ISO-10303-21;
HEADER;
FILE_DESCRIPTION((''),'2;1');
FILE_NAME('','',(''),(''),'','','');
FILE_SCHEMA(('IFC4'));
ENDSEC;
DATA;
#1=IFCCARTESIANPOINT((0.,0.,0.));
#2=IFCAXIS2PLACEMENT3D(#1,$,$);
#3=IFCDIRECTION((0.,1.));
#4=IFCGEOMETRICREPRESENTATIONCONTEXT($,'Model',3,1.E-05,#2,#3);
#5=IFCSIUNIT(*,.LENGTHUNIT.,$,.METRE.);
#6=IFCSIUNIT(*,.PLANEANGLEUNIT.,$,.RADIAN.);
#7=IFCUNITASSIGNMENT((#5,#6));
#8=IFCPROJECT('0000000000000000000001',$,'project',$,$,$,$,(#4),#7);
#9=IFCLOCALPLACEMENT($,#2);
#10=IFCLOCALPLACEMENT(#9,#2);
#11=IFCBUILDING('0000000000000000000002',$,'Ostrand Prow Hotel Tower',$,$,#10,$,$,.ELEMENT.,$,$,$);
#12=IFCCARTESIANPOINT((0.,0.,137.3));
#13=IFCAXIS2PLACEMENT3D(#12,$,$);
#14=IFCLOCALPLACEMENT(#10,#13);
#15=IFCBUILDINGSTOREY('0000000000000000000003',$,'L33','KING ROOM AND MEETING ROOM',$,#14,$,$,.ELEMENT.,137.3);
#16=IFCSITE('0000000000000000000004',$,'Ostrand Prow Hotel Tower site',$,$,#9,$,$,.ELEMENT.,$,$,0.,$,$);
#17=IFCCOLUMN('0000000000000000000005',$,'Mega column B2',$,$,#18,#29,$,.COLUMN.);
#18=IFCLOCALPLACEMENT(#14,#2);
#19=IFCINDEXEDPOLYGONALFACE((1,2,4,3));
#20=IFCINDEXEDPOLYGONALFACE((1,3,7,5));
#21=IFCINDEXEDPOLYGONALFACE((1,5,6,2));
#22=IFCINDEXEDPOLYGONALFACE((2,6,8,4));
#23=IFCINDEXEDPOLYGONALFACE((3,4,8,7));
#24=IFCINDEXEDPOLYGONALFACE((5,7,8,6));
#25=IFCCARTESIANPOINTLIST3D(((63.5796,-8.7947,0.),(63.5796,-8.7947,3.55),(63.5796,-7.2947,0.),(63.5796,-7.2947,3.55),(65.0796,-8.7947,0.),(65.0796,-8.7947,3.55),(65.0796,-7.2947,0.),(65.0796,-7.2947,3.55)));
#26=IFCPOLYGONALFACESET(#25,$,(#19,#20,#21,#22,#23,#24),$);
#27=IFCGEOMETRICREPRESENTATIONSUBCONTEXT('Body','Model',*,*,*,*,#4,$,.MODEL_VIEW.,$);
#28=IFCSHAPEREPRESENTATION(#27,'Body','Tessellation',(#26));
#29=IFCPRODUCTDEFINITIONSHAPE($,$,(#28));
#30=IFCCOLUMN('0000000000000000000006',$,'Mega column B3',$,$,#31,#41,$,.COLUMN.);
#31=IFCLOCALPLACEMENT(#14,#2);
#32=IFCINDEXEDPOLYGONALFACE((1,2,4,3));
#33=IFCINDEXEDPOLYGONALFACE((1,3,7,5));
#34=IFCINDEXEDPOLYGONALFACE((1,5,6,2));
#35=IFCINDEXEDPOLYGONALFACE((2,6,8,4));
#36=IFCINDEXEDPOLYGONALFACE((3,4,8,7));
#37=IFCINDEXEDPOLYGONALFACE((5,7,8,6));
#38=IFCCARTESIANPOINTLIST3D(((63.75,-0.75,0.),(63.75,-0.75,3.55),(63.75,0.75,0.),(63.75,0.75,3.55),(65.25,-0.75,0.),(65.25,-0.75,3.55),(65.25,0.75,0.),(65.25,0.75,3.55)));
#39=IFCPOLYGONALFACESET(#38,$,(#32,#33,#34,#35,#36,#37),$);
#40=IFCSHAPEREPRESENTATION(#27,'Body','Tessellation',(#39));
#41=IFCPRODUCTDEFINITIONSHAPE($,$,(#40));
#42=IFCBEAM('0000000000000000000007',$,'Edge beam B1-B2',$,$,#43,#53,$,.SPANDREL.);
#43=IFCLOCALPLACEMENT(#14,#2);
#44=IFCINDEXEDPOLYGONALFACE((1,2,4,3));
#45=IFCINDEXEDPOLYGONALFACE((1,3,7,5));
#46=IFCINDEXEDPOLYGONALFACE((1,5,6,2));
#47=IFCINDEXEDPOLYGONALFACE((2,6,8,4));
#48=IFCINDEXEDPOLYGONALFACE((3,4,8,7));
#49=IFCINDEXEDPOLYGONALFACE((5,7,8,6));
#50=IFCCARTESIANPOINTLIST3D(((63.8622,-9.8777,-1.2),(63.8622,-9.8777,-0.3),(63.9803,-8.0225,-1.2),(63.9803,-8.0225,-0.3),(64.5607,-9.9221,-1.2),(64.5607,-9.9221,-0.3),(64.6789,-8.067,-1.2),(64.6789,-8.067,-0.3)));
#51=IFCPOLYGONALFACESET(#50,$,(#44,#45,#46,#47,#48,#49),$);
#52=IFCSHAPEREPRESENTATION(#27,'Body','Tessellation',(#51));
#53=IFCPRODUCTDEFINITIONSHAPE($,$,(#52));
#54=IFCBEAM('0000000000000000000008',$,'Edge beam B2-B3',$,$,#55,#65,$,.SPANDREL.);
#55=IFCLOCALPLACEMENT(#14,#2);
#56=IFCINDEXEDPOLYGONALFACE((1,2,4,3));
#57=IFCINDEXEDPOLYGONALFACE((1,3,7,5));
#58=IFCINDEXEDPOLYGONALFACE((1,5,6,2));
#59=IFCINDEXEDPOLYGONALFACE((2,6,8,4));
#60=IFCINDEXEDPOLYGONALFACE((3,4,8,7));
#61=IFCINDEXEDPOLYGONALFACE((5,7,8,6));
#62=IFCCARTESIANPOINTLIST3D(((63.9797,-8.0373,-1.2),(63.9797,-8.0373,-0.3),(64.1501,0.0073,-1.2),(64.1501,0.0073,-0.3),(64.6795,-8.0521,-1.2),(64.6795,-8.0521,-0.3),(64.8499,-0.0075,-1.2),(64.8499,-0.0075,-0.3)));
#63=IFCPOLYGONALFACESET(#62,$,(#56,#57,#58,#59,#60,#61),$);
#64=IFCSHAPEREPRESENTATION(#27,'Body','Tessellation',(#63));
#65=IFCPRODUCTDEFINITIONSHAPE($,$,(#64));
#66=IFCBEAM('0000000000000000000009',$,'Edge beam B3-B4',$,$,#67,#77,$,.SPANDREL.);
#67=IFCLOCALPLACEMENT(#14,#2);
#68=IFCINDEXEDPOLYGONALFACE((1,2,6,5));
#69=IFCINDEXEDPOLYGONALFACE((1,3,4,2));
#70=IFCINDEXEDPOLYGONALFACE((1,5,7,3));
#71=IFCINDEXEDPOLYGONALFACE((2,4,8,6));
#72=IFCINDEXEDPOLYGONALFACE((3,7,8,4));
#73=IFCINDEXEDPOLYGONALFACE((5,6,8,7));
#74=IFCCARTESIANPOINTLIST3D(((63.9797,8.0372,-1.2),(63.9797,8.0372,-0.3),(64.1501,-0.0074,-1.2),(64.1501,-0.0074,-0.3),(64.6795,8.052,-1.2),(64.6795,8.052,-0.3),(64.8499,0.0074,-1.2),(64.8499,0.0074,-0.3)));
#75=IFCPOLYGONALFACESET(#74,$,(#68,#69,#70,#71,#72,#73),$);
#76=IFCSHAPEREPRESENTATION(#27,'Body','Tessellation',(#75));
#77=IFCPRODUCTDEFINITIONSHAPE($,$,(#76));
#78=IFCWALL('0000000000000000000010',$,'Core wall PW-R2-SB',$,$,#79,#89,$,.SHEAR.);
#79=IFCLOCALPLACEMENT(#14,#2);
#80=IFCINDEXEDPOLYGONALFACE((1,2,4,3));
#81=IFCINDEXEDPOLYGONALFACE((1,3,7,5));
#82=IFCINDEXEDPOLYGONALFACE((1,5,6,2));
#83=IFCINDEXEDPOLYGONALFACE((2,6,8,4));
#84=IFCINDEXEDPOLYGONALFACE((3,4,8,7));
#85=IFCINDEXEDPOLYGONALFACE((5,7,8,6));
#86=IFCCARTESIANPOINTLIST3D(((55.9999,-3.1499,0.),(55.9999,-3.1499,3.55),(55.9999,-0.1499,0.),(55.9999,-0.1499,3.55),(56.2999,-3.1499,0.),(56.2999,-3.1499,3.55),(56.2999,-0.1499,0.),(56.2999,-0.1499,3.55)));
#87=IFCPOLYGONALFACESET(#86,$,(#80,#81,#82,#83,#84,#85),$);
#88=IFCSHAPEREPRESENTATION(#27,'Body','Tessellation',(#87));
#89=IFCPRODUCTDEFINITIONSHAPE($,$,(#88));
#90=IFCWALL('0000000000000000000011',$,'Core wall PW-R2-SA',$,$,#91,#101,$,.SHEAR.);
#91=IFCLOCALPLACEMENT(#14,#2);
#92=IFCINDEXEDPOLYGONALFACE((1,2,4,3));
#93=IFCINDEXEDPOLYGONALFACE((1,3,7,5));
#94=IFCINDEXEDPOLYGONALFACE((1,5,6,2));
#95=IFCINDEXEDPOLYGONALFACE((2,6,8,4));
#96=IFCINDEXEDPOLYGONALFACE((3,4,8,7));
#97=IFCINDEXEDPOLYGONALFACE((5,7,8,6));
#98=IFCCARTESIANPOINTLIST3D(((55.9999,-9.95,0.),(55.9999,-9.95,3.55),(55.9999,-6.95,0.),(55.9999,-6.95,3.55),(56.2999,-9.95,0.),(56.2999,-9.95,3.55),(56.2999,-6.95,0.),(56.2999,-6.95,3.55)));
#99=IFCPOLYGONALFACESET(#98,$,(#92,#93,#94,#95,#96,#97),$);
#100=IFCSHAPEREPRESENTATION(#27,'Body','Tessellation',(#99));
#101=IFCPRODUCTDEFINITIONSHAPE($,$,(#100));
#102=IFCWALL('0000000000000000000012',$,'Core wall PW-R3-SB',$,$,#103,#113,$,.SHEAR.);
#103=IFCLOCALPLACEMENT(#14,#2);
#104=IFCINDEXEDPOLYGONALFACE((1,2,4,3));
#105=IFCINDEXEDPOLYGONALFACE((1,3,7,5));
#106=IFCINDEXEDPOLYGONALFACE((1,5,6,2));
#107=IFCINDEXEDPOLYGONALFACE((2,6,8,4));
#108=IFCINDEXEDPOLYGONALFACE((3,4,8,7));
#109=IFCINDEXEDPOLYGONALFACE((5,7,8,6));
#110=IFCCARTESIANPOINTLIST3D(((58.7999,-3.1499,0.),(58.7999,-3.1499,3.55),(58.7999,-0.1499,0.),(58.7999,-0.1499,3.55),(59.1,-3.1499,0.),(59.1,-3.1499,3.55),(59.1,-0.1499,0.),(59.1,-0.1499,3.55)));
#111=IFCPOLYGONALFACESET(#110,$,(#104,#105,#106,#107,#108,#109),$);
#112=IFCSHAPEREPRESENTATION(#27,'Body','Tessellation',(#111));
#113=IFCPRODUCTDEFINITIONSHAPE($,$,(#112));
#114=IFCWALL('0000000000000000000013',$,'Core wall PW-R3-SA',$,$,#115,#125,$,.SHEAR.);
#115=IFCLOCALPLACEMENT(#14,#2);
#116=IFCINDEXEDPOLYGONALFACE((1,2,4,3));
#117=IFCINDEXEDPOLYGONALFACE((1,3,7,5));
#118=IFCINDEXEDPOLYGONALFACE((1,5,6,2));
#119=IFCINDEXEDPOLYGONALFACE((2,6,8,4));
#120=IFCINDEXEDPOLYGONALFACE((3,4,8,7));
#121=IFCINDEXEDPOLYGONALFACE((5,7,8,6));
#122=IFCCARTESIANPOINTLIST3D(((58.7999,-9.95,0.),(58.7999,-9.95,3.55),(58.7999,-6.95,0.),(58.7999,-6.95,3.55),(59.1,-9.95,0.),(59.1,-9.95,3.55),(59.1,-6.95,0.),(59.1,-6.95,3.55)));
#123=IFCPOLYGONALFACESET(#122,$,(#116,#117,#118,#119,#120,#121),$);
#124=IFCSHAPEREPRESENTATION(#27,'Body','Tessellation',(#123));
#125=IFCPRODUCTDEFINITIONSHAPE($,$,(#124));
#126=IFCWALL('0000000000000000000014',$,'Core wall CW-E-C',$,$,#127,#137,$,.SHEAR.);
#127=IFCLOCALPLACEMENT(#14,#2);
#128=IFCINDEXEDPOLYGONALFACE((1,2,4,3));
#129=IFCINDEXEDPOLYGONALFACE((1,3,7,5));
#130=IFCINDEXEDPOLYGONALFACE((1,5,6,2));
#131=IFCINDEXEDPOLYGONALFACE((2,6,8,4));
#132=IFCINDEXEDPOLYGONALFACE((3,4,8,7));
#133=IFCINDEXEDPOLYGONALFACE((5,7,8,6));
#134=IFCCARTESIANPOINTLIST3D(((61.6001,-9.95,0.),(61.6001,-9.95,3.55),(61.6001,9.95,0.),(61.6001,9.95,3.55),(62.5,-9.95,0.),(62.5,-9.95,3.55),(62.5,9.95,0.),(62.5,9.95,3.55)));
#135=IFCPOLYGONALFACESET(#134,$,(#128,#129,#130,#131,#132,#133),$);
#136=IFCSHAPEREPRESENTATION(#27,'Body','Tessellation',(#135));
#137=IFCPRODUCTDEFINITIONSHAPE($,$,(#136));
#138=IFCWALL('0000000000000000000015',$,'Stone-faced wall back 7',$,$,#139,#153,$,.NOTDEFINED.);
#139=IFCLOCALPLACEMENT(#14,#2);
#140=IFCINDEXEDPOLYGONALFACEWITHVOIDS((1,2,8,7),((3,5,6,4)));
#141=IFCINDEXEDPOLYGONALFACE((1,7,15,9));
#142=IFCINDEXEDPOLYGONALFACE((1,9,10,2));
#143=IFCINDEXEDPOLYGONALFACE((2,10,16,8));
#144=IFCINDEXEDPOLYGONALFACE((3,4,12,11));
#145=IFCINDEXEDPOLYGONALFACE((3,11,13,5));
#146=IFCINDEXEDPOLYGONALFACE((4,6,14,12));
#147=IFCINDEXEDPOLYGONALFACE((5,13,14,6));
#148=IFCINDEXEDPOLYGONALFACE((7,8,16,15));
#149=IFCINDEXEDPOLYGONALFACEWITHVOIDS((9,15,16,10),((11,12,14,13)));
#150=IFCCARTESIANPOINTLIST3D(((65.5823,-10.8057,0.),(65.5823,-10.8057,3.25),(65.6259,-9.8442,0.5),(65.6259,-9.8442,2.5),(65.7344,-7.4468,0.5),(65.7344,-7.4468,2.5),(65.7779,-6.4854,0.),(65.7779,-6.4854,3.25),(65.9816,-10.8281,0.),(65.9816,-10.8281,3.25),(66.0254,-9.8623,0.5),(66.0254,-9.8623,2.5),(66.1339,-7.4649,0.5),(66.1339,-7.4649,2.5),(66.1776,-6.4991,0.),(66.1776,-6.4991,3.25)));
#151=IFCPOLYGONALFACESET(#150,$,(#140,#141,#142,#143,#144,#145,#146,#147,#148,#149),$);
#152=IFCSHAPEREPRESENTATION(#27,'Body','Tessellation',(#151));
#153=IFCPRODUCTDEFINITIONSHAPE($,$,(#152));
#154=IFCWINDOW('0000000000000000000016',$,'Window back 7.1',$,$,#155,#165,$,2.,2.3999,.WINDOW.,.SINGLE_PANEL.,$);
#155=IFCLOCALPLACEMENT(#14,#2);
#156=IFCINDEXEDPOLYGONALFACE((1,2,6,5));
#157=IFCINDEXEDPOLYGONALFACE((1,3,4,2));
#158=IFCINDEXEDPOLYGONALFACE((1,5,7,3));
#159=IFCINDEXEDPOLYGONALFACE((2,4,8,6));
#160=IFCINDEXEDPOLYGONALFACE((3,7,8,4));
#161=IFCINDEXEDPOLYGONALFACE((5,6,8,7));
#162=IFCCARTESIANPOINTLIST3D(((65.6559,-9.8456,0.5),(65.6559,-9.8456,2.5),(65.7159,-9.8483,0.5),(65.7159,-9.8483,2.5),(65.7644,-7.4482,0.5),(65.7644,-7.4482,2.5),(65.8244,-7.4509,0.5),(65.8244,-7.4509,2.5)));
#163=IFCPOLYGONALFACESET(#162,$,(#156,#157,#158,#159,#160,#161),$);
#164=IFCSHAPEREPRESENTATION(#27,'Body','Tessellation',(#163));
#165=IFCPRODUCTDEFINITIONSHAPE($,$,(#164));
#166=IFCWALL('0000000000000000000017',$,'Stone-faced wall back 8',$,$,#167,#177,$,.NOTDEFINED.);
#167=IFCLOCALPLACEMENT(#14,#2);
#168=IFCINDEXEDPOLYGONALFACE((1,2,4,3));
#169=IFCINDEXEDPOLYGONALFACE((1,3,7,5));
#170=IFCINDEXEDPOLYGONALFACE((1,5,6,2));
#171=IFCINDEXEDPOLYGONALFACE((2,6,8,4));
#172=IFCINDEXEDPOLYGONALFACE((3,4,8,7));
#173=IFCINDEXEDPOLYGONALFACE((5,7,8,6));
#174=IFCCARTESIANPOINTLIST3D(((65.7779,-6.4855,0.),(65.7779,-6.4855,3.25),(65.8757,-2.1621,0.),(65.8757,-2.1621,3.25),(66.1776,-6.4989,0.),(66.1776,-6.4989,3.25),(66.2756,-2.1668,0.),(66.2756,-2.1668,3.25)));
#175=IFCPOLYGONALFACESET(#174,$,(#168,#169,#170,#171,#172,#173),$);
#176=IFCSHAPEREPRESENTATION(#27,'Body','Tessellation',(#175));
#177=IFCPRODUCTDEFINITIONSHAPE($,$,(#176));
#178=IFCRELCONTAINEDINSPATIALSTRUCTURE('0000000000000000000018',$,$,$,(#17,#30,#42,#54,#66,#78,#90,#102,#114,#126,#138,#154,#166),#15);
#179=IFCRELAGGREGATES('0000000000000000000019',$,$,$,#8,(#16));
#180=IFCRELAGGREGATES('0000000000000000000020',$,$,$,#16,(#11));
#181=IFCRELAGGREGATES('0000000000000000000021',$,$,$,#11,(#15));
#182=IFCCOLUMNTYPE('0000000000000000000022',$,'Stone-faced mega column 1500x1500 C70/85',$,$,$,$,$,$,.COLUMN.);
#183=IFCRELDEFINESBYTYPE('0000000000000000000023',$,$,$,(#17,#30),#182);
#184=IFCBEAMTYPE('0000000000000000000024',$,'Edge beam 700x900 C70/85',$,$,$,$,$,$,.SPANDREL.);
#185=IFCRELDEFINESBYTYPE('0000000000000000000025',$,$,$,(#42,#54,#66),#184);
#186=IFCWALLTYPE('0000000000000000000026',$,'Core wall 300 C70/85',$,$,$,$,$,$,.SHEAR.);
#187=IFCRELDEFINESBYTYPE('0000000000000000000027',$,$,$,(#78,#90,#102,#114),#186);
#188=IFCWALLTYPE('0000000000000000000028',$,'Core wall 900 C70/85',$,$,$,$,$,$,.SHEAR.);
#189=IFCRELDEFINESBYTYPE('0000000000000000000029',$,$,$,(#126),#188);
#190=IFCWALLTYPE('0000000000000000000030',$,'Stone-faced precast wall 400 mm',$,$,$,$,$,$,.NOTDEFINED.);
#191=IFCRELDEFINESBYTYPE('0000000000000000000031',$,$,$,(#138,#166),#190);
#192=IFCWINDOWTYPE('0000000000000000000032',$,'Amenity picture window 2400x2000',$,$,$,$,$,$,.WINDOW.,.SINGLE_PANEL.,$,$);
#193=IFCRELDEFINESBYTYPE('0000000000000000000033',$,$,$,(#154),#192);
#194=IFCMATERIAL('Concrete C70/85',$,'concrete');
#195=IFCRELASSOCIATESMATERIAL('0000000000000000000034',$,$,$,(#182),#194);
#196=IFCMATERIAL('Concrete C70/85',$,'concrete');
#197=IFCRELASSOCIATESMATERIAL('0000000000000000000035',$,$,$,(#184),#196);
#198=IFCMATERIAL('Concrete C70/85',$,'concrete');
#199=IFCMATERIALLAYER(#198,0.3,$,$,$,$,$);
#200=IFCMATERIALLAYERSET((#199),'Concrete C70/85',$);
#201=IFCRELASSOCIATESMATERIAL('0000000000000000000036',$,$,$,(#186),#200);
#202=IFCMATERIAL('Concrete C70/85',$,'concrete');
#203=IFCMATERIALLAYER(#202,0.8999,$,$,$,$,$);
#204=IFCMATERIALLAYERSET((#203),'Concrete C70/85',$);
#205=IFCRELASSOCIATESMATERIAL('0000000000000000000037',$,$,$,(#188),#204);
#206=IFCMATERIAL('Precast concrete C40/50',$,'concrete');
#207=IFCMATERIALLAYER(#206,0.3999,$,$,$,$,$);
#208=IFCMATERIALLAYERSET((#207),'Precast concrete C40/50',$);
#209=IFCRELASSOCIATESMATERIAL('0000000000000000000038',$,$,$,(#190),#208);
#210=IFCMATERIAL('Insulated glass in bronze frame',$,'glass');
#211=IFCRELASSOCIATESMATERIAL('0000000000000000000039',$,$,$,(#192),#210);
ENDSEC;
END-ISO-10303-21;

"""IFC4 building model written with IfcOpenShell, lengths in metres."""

from ifc_helpers import new_model, si_unit, direction, frame, frame_2d, origin, origin_2d, place, context, subcontext, project, spatial, polyline, rectangle, outline, extrude, material, layer, layer_set, material_profile, profile_set, type_object, element, fill, save


model = new_model("IFC4")

# Units and contexts
model_context = context("Model", 3, precision=1e-05, world=origin(), true_north=direction((0.0, 1.0)))
body_context = subcontext(model_context, "Body", "Model", "MODEL_VIEW")
ifc_project = project(units=[si_unit("LENGTHUNIT", "METRE"), si_unit("PLANEANGLEUNIT", "RADIAN")], contexts=[model_context])

# Site, building, storey
site_placement = place(None, origin())
site = spatial("IfcSite", under=ifc_project, at=site_placement, Name="Ostrand Prow Hotel Tower site", CompositionType="ELEMENT", RefElevation=0.0)
building_placement = place(site_placement, origin())
building = spatial("IfcBuilding", under=site, at=building_placement, Name="Ostrand Prow Hotel Tower", CompositionType="ELEMENT")
storey_placement = place(building_placement, frame((0.0, 0.0, 137.3)))
storey = spatial("IfcBuildingStorey", under=building, at=storey_placement, Name="L33", Description="KING ROOM AND MEETING ROOM", CompositionType="ELEMENT", Elevation=137.3)

# Columns
ifc_material_1 = material(Name="Concrete C70/85", Category="concrete")
ifc_material_profile_1 = material_profile(ifc_material_1, rectangle(XDim=1.5, YDim=1.5, at=origin_2d()), Name="RC 1500x1500")
ifc_profile_set_1 = profile_set([ifc_material_profile_1], Name="Concrete C70/85")
column_type = type_object("IfcColumnType", Name="Stone-faced mega column 1500x1500 C70/85", PredefinedType="COLUMN", material=ifc_profile_set_1)
for number, where, z_axis, x_axis, name in (
    (1, (64.3296, -8.0447, 0.0), (0.0, 0.0, 1.0), (1.0, 0.0, 0.0), "Mega column B2"),
    (2, (64.5, 0.0, 0.0), (0.0, 0.0, 1.0), (1.0, 0.0, 0.0), "Mega column B3"),
):
    element("IfcColumn", number, at=place(storey_placement, frame(where, z_axis=z_axis, x_axis=x_axis)), inside=storey, type_object=column_type, Name=name, PredefinedType="COLUMN", context=body_context, shape_type="SweptSolid", body=[
        extrude(rectangle(XDim=1.5, YDim=1.5, at=origin_2d()), origin(), (0.0, 0.0, 1.0), 3.55),
    ])

# Beams
ifc_material_2 = material(Name="Concrete C70/85", Category="concrete")
ifc_material_profile_2 = material_profile(ifc_material_2, rectangle(XDim=0.7, YDim=0.8999, at=origin_2d()), Name="RC 700x900")
ifc_profile_set_2 = profile_set([ifc_material_profile_2], Name="Concrete C70/85")
beam_type = type_object("IfcBeamType", Name="Edge beam 700x900 C70/85", PredefinedType="SPANDREL", material=ifc_profile_set_2)
beam_placement = place(storey_placement, frame((64.2114, -9.8999, -0.75), z_axis=(0.063564, 0.997978, 0.0), x_axis=(-0.997978, 0.063564, 0.0)))
element("IfcBeam", 3, at=beam_placement, inside=storey, type_object=beam_type, Name="Edge beam B1-B2", PredefinedType="SPANDREL", context=body_context, shape_type="SweptSolid", body=[
    extrude(rectangle(XDim=0.7, YDim=0.8999, at=origin_2d()), origin(), (0.0, 0.0, 1.0), 1.8589),
])
for number, where, z_axis, x_axis, name in (
    (4, (64.3296, -8.0447, -0.75), (0.021178, 0.999776, 0.0), (-0.999776, 0.021178, 0.0), "Edge beam B2-B3"),
    (5, (64.5, 0.0, -0.75), (-0.021178, 0.999776, 0.0), (-0.999776, -0.021178, 0.0), "Edge beam B3-B4"),
):
    element("IfcBeam", number, at=place(storey_placement, frame(where, z_axis=z_axis, x_axis=x_axis)), inside=storey, type_object=beam_type, Name=name, PredefinedType="SPANDREL", context=body_context, shape_type="SweptSolid", body=[
        extrude(rectangle(XDim=0.7, YDim=0.8999, at=origin_2d()), origin(), (0.0, 0.0, 1.0), 8.0464),
    ])

# Walls
ifc_material_3 = material(Name="Concrete C70/85", Category="concrete")
ifc_layer_1 = layer(ifc_material_3, 0.3)
ifc_layer_set_1 = layer_set([ifc_layer_1], Name="Concrete C70/85")
wall_type_1 = type_object("IfcWallType", Name="Core wall 300 C70/85", PredefinedType="SHEAR", material=ifc_layer_set_1)
for number, where, z_axis, x_axis, name in (
    (6, (56.1499, -3.1499, 0.0), (0.0, 0.0, 1.0), (0.0, 1.0, 0.0), "Core wall PW-R2-SB"),
    (7, (56.1499, -9.95, 0.0), (0.0, 0.0, 1.0), (0.0, 1.0, 0.0), "Core wall PW-R2-SA"),
    (8, (58.95, -3.1499, 0.0), (0.0, 0.0, 1.0), (0.0, 1.0, 0.0), "Core wall PW-R3-SB"),
    (9, (58.95, -9.95, 0.0), (0.0, 0.0, 1.0), (0.0, 1.0, 0.0), "Core wall PW-R3-SA"),
):
    element("IfcWall", number, at=place(storey_placement, frame(where, z_axis=z_axis, x_axis=x_axis)), inside=storey, type_object=wall_type_1, Name=name, PredefinedType="SHEAR", context=body_context, shape_type="SweptSolid", body=[
        extrude(rectangle(XDim=3.0, YDim=0.3, at=frame_2d((1.5, 0.0))), origin(), (0.0, 0.0, 1.0), 3.55),
    ])
ifc_material_4 = material(Name="Concrete C70/85", Category="concrete")
ifc_layer_2 = layer(ifc_material_4, 0.8999)
ifc_layer_set_2 = layer_set([ifc_layer_2], Name="Concrete C70/85")
wall_type_2 = type_object("IfcWallType", Name="Core wall 900 C70/85", PredefinedType="SHEAR", material=ifc_layer_set_2)
wall_1_placement = place(storey_placement, frame((62.05, -9.95, 0.0), z_axis=(0.0, 0.0, 1.0), x_axis=(0.0, 1.0, 0.0)))
element("IfcWall", 10, at=wall_1_placement, inside=storey, type_object=wall_type_2, Name="Core wall CW-E-C", PredefinedType="SHEAR", context=body_context, shape_type="SweptSolid", body=[
    extrude(rectangle(XDim=19.8999, YDim=0.8999, at=frame_2d((9.95, 0.0))), origin(), (0.0, 0.0, 1.0), 3.55),
])

# Wall, opening, window
ifc_material_5 = material(Name="Precast concrete C40/50", Category="concrete")
ifc_layer_3 = layer(ifc_material_5, 0.3999)
ifc_layer_set_3 = layer_set([ifc_layer_3], Name="Precast concrete C40/50")
wall_type_3 = type_object("IfcWallType", Name="Stone-faced precast wall 400 mm", PredefinedType="NOTDEFINED", material=ifc_layer_set_3)
wall_2_placement = place(storey_placement, frame((65.782, -10.8169, 0.0), z_axis=(0.0, 0.0, 1.0), x_axis=(0.045229, 0.998977, 0.0)))
wall_2 = element("IfcWall", 11, at=wall_2_placement, inside=storey, type_object=wall_type_3, Name="Stone-faced wall back 7", PredefinedType="NOTDEFINED", context=body_context, shape_type="SweptSolid", body=[
    extrude(outline(polyline([(-0.0022, -0.2), (4.3313, -0.2), (4.3269, 0.2), (0.0022, 0.2), (-0.0022, -0.2)])), origin(), (0.0, 0.0, 1.0), 3.25),
])
opening_1_placement = place(wall_2_placement, frame((0.9646, 0.0, 0.5)))
opening_1 = element("IfcOpeningElement", 12, at=opening_1_placement, cuts=wall_2, PredefinedType="OPENING", context=body_context, shape_type="SweptSolid", body=[
    extrude(rectangle(XDim=2.3999, YDim=2.0, at=frame_2d((1.2, 1.0))), frame((0.0, 0.21, 0.0), z_axis=(0.0, -1.0, 0.0), x_axis=(1.0, 0.0, 0.0)), (0.0, 0.0, 1.0), 0.4199),
])
ifc_material_6 = material(Name="Insulated glass in bronze frame", Category="glass")
window_type = type_object("IfcWindowType", Name="Amenity picture window 2400x2000", PartitioningType="SINGLE_PANEL", PredefinedType="WINDOW", material=ifc_material_6)
window_1_placement = place(opening_1_placement, origin())
window_1 = element("IfcWindow", 13, at=window_1_placement, inside=storey, type_object=window_type, Name="Window back 7.1", OverallHeight=2.0, OverallWidth=2.3999, PartitioningType="SINGLE_PANEL", PredefinedType="WINDOW", context=body_context, shape_type="SweptSolid", body=[
    extrude(rectangle(XDim=2.3999, YDim=2.0, at=frame_2d((1.2, 1.0))), frame((0.0, 0.1699, 0.0), z_axis=(0.0, -1.0, 0.0), x_axis=(1.0, 0.0, 0.0)), (0.0, 0.0, 1.0), 0.0601),
])
fill(opening_1, window_1)

# Wall
wall_3_placement = place(storey_placement, frame((65.9778, -6.4922, 0.0), z_axis=(0.0, 0.0, 1.0), x_axis=(0.022616, 0.999744, 0.0)))
element("IfcWall", 14, at=wall_3_placement, inside=storey, type_object=wall_type_3, Name="Stone-faced wall back 8", PredefinedType="NOTDEFINED", context=body_context, shape_type="SweptSolid", body=[
    extrude(outline(polyline([(-0.0022, -0.2), (4.3311, -0.2), (4.3267, 0.2), (0.0022, 0.2), (-0.0022, -0.2)])), origin(), (0.0, 0.0, 1.0), 3.25),
])

save(model, "model.ifc")
